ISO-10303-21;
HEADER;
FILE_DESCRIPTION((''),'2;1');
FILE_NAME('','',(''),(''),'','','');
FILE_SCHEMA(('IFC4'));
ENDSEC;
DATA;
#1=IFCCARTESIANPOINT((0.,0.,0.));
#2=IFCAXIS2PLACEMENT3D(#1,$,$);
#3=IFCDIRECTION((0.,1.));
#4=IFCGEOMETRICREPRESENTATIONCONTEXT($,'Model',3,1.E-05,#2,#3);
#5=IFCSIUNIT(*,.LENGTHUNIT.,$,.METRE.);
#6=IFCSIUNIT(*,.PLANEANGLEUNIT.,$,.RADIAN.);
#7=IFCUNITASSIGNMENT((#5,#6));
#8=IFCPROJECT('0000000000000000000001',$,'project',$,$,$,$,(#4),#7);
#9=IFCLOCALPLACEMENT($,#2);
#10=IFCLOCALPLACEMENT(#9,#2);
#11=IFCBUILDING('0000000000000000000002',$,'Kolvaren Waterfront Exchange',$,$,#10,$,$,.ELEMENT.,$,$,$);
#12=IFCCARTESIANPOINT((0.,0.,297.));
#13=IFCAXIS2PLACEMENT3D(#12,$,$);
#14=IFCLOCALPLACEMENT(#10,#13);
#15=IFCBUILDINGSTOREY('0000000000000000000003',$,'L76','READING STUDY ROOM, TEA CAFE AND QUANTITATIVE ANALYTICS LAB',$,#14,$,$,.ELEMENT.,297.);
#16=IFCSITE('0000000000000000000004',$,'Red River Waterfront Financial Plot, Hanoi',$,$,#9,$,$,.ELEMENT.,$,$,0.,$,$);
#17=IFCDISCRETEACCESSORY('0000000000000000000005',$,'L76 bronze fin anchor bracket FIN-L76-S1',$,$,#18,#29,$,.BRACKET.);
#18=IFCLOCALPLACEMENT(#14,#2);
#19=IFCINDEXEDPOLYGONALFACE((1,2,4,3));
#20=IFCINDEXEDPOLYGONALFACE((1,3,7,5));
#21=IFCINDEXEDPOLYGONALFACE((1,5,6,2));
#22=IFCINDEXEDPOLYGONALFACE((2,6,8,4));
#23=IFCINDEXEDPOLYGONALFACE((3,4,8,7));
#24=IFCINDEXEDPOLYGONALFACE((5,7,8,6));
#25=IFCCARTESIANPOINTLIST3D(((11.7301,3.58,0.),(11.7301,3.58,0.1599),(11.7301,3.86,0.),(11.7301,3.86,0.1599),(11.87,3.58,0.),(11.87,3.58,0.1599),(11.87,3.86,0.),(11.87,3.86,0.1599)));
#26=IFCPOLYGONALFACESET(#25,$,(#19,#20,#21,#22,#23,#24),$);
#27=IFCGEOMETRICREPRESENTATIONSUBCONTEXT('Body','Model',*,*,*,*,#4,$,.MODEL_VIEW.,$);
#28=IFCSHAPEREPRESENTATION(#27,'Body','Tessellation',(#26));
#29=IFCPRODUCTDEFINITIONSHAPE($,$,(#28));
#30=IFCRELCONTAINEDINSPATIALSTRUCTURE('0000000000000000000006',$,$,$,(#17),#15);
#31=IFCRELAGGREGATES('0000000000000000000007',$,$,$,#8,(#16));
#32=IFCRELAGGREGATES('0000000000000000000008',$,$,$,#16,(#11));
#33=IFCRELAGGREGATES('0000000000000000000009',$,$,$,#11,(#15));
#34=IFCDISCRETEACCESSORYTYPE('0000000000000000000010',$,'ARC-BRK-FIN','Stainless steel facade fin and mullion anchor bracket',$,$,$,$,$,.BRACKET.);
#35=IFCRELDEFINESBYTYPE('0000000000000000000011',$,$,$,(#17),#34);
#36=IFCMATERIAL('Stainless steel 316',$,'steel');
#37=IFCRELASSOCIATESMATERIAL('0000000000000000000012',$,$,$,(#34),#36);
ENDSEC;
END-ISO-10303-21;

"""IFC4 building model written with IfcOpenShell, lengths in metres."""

from ifc_helpers import new_model, si_unit, direction, frame, origin, origin_with_axes, origin_2d, place, context, subcontext, project, spatial, rectangle, extrude, source, transform, mapped, material, type_object, element, save


model = new_model("IFC4")

# Units and contexts
model_context = context("Model", 3, precision=1e-05, world=origin(), true_north=direction((0.0, 1.0)))
body_context = subcontext(model_context, "Body", "Model", "MODEL_VIEW")
ifc_project = project(units=[si_unit("LENGTHUNIT", "METRE"), si_unit("PLANEANGLEUNIT", "RADIAN")], contexts=[model_context])

# Site, building, storey
site_placement = place(None, origin())
site = spatial("IfcSite", under=ifc_project, at=site_placement, Name="Red River Waterfront Financial Plot, Hanoi", CompositionType="ELEMENT", RefElevation=0.0)
building_placement = place(site_placement, origin())
building = spatial("IfcBuilding", under=site, at=building_placement, Name="Kolvaren Waterfront Exchange", CompositionType="ELEMENT")
storey_placement = place(building_placement, frame((0.0, 0.0, 297.0)))
storey = spatial("IfcBuildingStorey", under=building, at=storey_placement, Name="L76", Description="READING STUDY ROOM, TEA CAFE AND QUANTITATIVE ANALYTICS LAB", CompositionType="ELEMENT", Elevation=297.0)

# Discrete accessory
ifc_material_1 = material(Name="Stainless steel 316", Category="steel")
discrete_accessory_type = type_object("IfcDiscreteAccessoryType", Name="ARC-BRK-FIN", Description="Stainless steel facade fin and mullion anchor bracket", PredefinedType="BRACKET", material=ifc_material_1)
shared_shape_1 = source(origin_with_axes(), body_context, "Body", "SweptSolid", [
    extrude(rectangle(XDim=0.28, YDim=0.1399, at=origin_2d()), origin(), (0.0, 0.0, 1.0), 0.1599),
])
discrete_accessory_placement = place(storey_placement, frame((11.8, 3.72, 0.0), z_axis=(0.0, 0.0, 1.0), x_axis=(0.0, -1.0, 0.0)))
element("IfcDiscreteAccessory", 1, at=discrete_accessory_placement, inside=storey, type_object=discrete_accessory_type, Name="L76 bronze fin anchor bracket FIN-L76-S1", PredefinedType="BRACKET", context=body_context, shape_type="MappedRepresentation", body=[
    mapped(shared_shape_1, transform((0.0, 0.0, 0.0), x_axis=(1.0, 0.0, 0.0), y_axis=(0.0, 1.0, 0.0), z_axis=(0.0, 0.0, 1.0), scale=1.0)),
])

save(model, "model.ifc")
